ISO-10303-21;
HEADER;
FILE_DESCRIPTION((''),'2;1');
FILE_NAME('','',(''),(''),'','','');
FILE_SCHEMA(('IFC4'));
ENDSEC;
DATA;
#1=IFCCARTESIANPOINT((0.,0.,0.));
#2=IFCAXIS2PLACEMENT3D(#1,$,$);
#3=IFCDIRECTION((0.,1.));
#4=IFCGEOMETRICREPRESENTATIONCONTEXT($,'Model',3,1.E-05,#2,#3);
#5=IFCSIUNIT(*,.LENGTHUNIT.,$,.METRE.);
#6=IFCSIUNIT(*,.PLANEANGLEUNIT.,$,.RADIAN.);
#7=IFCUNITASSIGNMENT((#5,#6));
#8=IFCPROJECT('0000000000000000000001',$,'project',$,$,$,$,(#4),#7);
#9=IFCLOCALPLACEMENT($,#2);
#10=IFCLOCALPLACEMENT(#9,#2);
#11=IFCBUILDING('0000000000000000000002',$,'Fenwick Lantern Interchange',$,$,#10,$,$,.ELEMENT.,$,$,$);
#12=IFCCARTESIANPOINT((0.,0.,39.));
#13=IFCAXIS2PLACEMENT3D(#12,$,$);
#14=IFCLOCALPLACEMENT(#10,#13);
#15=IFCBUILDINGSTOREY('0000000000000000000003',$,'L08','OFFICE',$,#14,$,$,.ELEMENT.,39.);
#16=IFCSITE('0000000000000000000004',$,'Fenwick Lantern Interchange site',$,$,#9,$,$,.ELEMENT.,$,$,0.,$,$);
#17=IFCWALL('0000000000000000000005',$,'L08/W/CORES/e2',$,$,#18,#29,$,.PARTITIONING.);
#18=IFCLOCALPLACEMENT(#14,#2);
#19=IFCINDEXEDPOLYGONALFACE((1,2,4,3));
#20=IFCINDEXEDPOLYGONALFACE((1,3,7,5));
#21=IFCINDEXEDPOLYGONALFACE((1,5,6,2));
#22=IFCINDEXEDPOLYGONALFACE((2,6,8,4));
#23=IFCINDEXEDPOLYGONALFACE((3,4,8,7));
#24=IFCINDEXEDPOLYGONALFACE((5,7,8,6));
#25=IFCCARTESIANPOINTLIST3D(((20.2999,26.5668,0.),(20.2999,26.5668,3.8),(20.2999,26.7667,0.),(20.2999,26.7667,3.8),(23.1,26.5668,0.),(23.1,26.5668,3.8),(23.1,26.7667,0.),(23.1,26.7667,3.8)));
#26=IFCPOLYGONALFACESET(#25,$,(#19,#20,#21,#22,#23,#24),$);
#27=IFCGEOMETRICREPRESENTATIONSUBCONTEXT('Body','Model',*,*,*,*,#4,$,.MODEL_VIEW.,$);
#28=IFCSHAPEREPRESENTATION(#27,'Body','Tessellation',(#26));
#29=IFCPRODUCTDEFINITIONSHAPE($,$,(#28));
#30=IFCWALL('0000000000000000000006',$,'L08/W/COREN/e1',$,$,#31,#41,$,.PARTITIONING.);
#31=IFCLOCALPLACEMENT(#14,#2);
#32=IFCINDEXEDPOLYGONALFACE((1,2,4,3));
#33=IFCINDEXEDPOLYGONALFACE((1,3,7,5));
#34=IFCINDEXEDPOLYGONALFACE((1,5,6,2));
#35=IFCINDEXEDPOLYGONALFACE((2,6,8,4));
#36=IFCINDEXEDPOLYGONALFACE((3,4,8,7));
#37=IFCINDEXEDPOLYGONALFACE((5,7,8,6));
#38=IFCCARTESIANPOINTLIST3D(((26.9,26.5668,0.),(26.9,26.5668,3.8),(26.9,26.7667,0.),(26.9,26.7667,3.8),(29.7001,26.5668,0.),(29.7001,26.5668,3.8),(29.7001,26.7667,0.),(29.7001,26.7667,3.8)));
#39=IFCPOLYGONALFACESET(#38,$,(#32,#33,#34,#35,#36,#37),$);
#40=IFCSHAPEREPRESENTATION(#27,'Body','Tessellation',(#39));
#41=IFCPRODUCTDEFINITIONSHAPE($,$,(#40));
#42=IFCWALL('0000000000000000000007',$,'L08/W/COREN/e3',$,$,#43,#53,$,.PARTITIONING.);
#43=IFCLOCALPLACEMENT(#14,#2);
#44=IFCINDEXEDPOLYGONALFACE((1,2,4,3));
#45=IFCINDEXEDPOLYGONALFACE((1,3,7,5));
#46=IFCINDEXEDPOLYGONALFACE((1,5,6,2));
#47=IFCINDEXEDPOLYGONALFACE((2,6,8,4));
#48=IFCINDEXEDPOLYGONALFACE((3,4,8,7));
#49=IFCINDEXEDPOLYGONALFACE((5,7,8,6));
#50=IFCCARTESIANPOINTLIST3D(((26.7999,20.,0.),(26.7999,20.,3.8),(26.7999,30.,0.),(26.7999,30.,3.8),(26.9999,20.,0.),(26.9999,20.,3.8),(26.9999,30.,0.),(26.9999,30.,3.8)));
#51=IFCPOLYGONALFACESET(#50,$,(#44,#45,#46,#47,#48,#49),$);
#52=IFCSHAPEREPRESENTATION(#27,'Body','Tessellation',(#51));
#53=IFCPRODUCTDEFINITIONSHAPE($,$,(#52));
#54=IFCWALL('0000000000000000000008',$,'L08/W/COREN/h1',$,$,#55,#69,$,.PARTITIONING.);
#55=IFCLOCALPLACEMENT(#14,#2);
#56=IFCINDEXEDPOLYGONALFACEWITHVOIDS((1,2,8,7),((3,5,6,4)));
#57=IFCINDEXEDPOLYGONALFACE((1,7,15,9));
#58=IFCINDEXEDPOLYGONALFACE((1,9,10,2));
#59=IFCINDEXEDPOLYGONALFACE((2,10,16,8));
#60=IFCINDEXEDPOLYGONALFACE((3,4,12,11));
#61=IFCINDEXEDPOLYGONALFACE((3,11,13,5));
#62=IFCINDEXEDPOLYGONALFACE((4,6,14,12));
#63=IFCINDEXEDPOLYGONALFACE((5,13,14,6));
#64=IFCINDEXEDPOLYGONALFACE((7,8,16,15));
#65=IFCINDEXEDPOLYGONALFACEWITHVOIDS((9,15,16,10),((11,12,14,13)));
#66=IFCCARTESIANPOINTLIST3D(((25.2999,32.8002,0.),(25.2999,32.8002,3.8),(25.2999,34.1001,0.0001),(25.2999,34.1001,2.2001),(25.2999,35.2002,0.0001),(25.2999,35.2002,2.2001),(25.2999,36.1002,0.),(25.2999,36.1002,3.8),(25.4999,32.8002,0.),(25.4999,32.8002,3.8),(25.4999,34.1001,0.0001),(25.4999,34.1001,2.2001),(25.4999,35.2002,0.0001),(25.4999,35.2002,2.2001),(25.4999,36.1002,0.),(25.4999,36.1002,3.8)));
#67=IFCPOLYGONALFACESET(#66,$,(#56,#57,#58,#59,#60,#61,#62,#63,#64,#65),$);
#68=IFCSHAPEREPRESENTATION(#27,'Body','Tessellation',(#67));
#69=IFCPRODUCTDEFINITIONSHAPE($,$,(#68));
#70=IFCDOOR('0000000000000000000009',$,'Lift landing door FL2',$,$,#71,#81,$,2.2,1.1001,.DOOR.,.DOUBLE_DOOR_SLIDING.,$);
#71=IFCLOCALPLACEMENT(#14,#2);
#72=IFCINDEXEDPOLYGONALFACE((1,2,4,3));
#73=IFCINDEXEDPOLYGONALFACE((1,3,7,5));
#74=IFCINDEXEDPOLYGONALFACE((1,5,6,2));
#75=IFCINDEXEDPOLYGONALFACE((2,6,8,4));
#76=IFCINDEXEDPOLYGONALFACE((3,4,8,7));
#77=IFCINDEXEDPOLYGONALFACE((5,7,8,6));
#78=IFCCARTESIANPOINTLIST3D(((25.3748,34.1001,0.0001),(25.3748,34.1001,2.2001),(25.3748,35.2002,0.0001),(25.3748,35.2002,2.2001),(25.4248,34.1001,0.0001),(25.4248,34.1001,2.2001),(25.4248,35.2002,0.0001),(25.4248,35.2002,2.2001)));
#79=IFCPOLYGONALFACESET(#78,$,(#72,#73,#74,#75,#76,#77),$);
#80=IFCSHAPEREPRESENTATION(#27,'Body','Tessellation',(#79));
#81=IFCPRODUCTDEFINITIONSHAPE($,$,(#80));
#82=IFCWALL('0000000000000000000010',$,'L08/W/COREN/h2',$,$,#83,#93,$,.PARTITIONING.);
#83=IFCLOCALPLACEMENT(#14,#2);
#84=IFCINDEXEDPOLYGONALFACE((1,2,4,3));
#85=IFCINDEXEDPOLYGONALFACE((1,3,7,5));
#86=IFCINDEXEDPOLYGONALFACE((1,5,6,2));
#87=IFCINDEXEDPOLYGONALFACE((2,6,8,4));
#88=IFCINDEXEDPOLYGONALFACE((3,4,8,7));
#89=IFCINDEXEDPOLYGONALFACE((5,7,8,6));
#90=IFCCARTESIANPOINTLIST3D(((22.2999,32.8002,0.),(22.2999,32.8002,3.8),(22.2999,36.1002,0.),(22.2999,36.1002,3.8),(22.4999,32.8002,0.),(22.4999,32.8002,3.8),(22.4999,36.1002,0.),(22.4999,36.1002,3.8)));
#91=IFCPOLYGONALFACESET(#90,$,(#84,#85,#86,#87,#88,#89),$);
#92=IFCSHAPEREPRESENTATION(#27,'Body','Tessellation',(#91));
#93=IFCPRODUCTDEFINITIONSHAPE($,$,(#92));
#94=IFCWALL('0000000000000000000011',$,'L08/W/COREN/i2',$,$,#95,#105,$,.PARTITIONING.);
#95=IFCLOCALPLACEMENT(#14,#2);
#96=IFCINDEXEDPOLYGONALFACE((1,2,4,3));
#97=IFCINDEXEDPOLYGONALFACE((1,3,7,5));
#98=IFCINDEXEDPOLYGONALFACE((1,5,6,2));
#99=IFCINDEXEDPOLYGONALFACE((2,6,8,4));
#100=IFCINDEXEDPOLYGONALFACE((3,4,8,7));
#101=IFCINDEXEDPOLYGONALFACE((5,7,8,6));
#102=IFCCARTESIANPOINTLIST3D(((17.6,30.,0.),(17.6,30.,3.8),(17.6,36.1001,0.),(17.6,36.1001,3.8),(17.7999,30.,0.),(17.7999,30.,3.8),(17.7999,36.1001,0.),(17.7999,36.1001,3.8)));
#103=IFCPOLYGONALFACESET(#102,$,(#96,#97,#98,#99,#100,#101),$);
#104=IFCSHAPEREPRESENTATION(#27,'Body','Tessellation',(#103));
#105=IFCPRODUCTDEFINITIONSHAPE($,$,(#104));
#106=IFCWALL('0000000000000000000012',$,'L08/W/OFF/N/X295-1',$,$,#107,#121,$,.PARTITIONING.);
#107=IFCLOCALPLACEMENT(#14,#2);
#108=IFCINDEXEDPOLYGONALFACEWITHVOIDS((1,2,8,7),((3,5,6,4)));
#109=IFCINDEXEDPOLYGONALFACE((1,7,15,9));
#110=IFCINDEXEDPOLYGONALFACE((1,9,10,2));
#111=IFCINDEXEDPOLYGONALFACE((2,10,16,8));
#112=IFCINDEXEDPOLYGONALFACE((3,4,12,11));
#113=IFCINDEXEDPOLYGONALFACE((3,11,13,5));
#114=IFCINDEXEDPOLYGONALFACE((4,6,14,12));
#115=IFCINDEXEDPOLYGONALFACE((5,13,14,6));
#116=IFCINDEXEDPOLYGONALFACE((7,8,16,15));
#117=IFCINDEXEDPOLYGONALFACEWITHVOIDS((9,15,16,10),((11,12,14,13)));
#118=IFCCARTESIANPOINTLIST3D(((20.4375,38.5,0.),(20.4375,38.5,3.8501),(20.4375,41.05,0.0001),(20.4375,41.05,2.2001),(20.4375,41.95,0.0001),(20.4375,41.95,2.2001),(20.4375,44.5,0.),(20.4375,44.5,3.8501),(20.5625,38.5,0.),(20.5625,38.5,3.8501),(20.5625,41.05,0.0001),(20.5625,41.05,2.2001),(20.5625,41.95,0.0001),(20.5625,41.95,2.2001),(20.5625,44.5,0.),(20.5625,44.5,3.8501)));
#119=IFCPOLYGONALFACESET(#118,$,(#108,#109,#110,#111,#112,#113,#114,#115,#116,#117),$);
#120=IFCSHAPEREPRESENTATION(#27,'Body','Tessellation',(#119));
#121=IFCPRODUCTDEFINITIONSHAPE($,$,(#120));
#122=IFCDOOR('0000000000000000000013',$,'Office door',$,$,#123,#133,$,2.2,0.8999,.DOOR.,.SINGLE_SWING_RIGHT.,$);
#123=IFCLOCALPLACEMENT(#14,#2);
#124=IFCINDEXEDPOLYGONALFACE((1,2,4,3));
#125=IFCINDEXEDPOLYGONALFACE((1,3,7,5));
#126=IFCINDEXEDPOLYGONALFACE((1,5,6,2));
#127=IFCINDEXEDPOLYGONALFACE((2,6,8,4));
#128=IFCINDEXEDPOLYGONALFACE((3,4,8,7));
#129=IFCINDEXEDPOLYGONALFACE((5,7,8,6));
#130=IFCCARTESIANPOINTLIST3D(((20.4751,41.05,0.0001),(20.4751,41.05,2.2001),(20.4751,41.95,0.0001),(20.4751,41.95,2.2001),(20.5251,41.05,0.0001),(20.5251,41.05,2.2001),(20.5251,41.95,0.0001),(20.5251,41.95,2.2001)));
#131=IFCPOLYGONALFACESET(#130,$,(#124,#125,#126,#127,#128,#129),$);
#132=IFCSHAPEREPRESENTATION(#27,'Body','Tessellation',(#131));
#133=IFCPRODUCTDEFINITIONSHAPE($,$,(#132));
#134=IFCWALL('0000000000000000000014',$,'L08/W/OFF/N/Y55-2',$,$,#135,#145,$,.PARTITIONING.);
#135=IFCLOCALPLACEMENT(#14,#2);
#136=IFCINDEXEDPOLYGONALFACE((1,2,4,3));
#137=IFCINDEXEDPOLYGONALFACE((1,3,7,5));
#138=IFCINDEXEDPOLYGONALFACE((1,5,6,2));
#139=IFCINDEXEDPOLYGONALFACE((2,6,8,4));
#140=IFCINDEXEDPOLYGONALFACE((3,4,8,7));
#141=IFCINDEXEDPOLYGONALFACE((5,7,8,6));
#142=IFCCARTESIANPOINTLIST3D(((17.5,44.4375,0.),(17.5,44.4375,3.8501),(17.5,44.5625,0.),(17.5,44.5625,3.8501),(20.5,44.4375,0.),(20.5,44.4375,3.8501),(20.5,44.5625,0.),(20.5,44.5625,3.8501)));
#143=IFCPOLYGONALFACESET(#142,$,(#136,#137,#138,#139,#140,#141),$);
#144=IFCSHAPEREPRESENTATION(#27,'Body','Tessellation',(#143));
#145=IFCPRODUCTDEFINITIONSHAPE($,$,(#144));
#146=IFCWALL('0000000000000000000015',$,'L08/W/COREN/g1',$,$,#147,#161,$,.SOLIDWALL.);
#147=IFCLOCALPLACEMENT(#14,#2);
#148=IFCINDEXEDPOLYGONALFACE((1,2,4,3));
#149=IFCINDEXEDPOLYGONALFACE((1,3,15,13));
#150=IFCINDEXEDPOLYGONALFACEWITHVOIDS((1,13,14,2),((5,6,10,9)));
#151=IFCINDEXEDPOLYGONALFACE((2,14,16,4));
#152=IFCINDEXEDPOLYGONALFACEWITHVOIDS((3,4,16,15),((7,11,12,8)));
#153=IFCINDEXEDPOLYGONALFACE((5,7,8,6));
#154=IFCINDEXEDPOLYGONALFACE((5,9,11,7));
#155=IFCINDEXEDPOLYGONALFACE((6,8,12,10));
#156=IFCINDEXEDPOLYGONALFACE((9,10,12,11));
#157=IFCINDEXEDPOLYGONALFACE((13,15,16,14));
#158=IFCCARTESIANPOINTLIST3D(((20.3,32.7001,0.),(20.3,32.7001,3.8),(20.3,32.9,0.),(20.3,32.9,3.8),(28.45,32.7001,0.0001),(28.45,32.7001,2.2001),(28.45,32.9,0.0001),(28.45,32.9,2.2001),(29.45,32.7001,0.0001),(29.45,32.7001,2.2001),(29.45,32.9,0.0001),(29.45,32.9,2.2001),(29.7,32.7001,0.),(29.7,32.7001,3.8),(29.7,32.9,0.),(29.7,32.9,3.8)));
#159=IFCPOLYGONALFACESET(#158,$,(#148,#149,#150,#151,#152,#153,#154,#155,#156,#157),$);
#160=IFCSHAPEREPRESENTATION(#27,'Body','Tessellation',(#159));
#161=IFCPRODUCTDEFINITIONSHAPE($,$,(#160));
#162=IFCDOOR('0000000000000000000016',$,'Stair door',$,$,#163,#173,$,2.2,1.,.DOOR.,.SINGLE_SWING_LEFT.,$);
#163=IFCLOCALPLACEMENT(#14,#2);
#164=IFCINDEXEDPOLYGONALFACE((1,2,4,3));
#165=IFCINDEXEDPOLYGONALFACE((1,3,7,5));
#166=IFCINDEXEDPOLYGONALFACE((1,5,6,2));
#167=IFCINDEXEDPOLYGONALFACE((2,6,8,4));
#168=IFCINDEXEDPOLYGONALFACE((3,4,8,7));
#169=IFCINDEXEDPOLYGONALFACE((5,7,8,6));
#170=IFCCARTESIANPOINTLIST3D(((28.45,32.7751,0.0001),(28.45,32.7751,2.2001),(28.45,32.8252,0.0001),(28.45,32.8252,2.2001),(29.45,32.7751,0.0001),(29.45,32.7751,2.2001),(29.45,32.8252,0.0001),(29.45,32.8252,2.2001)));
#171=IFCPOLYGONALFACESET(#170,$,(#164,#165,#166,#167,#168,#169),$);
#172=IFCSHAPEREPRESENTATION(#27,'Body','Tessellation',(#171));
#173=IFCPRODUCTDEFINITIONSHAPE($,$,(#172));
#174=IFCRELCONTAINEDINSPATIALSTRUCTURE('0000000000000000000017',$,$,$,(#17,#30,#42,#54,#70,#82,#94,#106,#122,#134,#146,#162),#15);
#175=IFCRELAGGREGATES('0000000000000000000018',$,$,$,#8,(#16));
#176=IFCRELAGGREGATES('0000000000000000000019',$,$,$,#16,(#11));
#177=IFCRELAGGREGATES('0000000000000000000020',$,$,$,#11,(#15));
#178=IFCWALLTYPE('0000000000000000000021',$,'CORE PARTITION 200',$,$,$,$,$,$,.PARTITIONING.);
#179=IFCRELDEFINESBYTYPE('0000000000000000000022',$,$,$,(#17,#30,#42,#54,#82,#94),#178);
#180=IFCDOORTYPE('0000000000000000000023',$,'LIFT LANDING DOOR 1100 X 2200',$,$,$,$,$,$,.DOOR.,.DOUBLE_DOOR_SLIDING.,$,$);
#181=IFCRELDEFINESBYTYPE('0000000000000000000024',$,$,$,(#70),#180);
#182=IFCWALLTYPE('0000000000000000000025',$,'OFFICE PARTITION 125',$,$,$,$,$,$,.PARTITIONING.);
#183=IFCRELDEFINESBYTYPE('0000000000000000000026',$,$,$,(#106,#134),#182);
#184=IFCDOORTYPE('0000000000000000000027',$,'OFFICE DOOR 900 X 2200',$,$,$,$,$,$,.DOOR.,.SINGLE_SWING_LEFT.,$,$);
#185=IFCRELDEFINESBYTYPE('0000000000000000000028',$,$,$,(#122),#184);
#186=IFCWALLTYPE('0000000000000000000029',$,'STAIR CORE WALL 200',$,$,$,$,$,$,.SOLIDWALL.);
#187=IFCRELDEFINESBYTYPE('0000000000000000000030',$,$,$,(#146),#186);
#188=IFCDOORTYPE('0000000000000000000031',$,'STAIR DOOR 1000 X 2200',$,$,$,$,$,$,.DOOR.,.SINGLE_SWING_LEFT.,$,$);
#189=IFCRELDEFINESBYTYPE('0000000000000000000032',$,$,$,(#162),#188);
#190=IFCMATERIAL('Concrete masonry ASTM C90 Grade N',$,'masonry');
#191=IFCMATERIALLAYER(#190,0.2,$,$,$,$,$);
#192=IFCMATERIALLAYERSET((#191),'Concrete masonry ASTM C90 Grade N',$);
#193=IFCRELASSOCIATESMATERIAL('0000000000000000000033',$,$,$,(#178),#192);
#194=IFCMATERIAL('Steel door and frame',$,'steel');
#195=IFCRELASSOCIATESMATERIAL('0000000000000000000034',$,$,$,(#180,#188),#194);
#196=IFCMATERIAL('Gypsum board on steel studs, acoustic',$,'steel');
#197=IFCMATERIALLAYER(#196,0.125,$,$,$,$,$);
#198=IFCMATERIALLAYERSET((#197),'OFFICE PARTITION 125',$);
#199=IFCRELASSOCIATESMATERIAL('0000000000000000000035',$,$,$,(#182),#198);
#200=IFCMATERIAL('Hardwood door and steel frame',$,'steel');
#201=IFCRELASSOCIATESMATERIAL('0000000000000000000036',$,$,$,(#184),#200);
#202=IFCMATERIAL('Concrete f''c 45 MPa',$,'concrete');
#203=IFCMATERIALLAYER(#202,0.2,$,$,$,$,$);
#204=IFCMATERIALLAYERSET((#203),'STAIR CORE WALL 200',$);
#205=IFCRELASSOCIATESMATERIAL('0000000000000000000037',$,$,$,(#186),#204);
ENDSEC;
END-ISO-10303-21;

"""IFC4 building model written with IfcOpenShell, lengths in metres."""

from ifc_helpers import new_model, si_unit, direction, frame, frame_2d, origin, place, context, subcontext, project, spatial, rectangle, extrude, material, layer, layer_set, type_object, element, fill, save


model = new_model("IFC4")

# Units and contexts
model_context = context("Model", 3, precision=1e-05, world=origin(), true_north=direction((0.0, 1.0)))
body_context = subcontext(model_context, "Body", "Model", "MODEL_VIEW")
ifc_project = project(units=[si_unit("LENGTHUNIT", "METRE"), si_unit("PLANEANGLEUNIT", "RADIAN")], contexts=[model_context])

# Site, building, storey
site_placement = place(None, origin())
site = spatial("IfcSite", under=ifc_project, at=site_placement, Name="Fenwick Lantern Interchange site", CompositionType="ELEMENT", RefElevation=0.0)
building_placement = place(site_placement, origin())
building = spatial("IfcBuilding", under=site, at=building_placement, Name="Fenwick Lantern Interchange", CompositionType="ELEMENT")
storey_placement = place(building_placement, frame((0.0, 0.0, 39.0)))
storey = spatial("IfcBuildingStorey", under=building, at=storey_placement, Name="L08", Description="OFFICE", CompositionType="ELEMENT", Elevation=39.0)

# Walls
ifc_material_1 = material(Name="Concrete masonry ASTM C90 Grade N", Category="masonry")
ifc_layer_1 = layer(ifc_material_1, 0.2)
ifc_layer_set_1 = layer_set([ifc_layer_1], Name="Concrete masonry ASTM C90 Grade N")
wall_type_1 = type_object("IfcWallType", Name="CORE PARTITION 200", PredefinedType="PARTITIONING", material=ifc_layer_set_1)
for number, where, z_axis, x_axis, name in (
    (1, (20.3, 26.6667, 0.0), (0.0, 0.0, 1.0), (1.0, 0.0, 0.0), "L08/W/CORES/e2"),
    (2, (29.7, 26.6667, 0.0), (0.0, 0.0, 1.0), (-1.0, 0.0, 0.0), "L08/W/COREN/e1"),
):
    element("IfcWall", number, at=place(storey_placement, frame(where, z_axis=z_axis, x_axis=x_axis)), inside=storey, type_object=wall_type_1, Name=name, PredefinedType="PARTITIONING", context=body_context, shape_type="SweptSolid", body=[
        extrude(rectangle(XDim=2.8, YDim=0.2, at=frame_2d((1.3999, 0.0))), origin(), (0.0, 0.0, 1.0), 3.8),
    ])
wall_1_placement = place(storey_placement, frame((26.8999, 30.0, 0.0), z_axis=(0.0, 0.0, 1.0), x_axis=(0.0, -1.0, 0.0)))
element("IfcWall", 3, at=wall_1_placement, inside=storey, type_object=wall_type_1, Name="L08/W/COREN/e3", PredefinedType="PARTITIONING", context=body_context, shape_type="SweptSolid", body=[
    extrude(rectangle(XDim=10.0, YDim=0.2, at=frame_2d((5.0, 0.0))), origin(), (0.0, 0.0, 1.0), 3.8),
])

# Wall, opening, door
wall_2_placement = place(storey_placement, frame((25.3999, 36.1001, 0.0), z_axis=(0.0, 0.0, 1.0), x_axis=(0.0, -1.0, 0.0)))
wall_2 = element("IfcWall", 4, at=wall_2_placement, inside=storey, type_object=wall_type_1, Name="L08/W/COREN/h1", PredefinedType="PARTITIONING", context=body_context, shape_type="SweptSolid", body=[
    extrude(rectangle(XDim=3.3, YDim=0.2, at=frame_2d((1.6499, 0.0))), origin(), (0.0, 0.0, 1.0), 3.8),
])
opening_1_placement = place(wall_2_placement, frame((0.8999, 0.0, 0.0)))
opening_1 = element("IfcOpeningElement", 5, at=opening_1_placement, cuts=wall_2, PredefinedType="OPENING", context=body_context, shape_type="SweptSolid", body=[
    extrude(rectangle(XDim=1.1001, YDim=2.2, at=frame_2d((0.55, 1.1001))), frame((0.0, 0.1099, 0.0), z_axis=(0.0, -1.0, 0.0), x_axis=(1.0, 0.0, 0.0)), (0.0, 0.0, 1.0), 0.22),
])
ifc_material_2 = material(Name="Steel door and frame", Category="steel")
door_type_1 = type_object("IfcDoorType", Name="LIFT LANDING DOOR 1100 X 2200", OperationType="DOUBLE_DOOR_SLIDING", PredefinedType="DOOR", material=ifc_material_2)
door_1_placement = place(opening_1_placement, origin())
door_1 = element("IfcDoor", 6, at=door_1_placement, inside=storey, type_object=door_type_1, Name="Lift landing door FL2", OperationType="DOUBLE_DOOR_SLIDING", OverallHeight=2.2, OverallWidth=1.1001, PredefinedType="DOOR", context=body_context, shape_type="SweptSolid", body=[
    extrude(rectangle(XDim=1.1001, YDim=2.2, at=frame_2d((0.55, 1.1001))), frame((0.0, 0.0249, 0.0), z_axis=(0.0, -1.0, 0.0), x_axis=(1.0, 0.0, 0.0)), (0.0, 0.0, 1.0), 0.05),
])
fill(opening_1, door_1)

# Walls
wall_3_placement = place(storey_placement, frame((22.3999, 36.1001, 0.0), z_axis=(0.0, 0.0, 1.0), x_axis=(0.0, -1.0, 0.0)))
element("IfcWall", 7, at=wall_3_placement, inside=storey, type_object=wall_type_1, Name="L08/W/COREN/h2", PredefinedType="PARTITIONING", context=body_context, shape_type="SweptSolid", body=[
    extrude(rectangle(XDim=3.3, YDim=0.2, at=frame_2d((1.6499, 0.0))), origin(), (0.0, 0.0, 1.0), 3.8),
])
wall_4_placement = place(storey_placement, frame((17.7, 36.1001, 0.0), z_axis=(0.0, 0.0, 1.0), x_axis=(0.0, -1.0, 0.0)))
element("IfcWall", 8, at=wall_4_placement, inside=storey, type_object=wall_type_1, Name="L08/W/COREN/i2", PredefinedType="PARTITIONING", context=body_context, shape_type="SweptSolid", body=[
    extrude(rectangle(XDim=6.1001, YDim=0.2, at=frame_2d((3.05, 0.0))), origin(), (0.0, 0.0, 1.0), 3.8),
])

# Wall, opening, door
ifc_material_3 = material(Name="Gypsum board on steel studs, acoustic", Category="steel")
ifc_layer_2 = layer(ifc_material_3, 0.125)
ifc_layer_set_2 = layer_set([ifc_layer_2], Name="OFFICE PARTITION 125")
wall_type_2 = type_object("IfcWallType", Name="OFFICE PARTITION 125", PredefinedType="PARTITIONING", material=ifc_layer_set_2)
wall_5_placement = place(storey_placement, frame((20.5, 44.5, 0.0), z_axis=(0.0, 0.0, 1.0), x_axis=(0.0, -1.0, 0.0)))
wall_5 = element("IfcWall", 9, at=wall_5_placement, inside=storey, type_object=wall_type_2, Name="L08/W/OFF/N/X295-1", PredefinedType="PARTITIONING", context=body_context, shape_type="SweptSolid", body=[
    extrude(rectangle(XDim=6.0, YDim=0.125, at=frame_2d((3.0, 0.0))), origin(), (0.0, 0.0, 1.0), 3.8501),
])
opening_2_placement = place(wall_5_placement, frame((2.55, 0.0, 0.0)))
opening_2 = element("IfcOpeningElement", 10, at=opening_2_placement, cuts=wall_5, PredefinedType="OPENING", context=body_context, shape_type="SweptSolid", body=[
    extrude(rectangle(XDim=0.8999, YDim=2.2, at=frame_2d((0.45, 1.1001))), frame((0.0, 0.0725, 0.0), z_axis=(0.0, -1.0, 0.0), x_axis=(1.0, 0.0, 0.0)), (0.0, 0.0, 1.0), 0.145),
])
ifc_material_4 = material(Name="Hardwood door and steel frame", Category="steel")
door_type_2 = type_object("IfcDoorType", Name="OFFICE DOOR 900 X 2200", OperationType="SINGLE_SWING_LEFT", PredefinedType="DOOR", material=ifc_material_4)
door_2_placement = place(opening_2_placement, frame((0.8999, 0.0, 0.0), z_axis=(0.0, 0.0, 1.0), x_axis=(-1.0, 0.0, 0.0)))
door_2 = element("IfcDoor", 11, at=door_2_placement, inside=storey, type_object=door_type_2, Name="Office door", OperationType="SINGLE_SWING_RIGHT", OverallHeight=2.2, OverallWidth=0.8999, PredefinedType="DOOR", context=body_context, shape_type="SweptSolid", body=[
    extrude(rectangle(XDim=0.8999, YDim=2.2, at=frame_2d((0.45, 1.1001))), frame((0.0, 0.0249, 0.0), z_axis=(0.0, -1.0, 0.0), x_axis=(1.0, 0.0, 0.0)), (0.0, 0.0, 1.0), 0.05),
])
fill(opening_2, door_2)

# Wall
wall_6_placement = place(storey_placement, frame((20.5, 44.5, 0.0), z_axis=(0.0, 0.0, 1.0), x_axis=(-1.0, 0.0, 0.0)))
element("IfcWall", 12, at=wall_6_placement, inside=storey, type_object=wall_type_2, Name="L08/W/OFF/N/Y55-2", PredefinedType="PARTITIONING", context=body_context, shape_type="SweptSolid", body=[
    extrude(rectangle(XDim=3.0, YDim=0.125, at=frame_2d((1.5, 0.0))), origin(), (0.0, 0.0, 1.0), 3.8501),
])

# Wall, opening, door
ifc_material_5 = material(Name="Concrete f'c 45 MPa", Category="concrete")
ifc_layer_3 = layer(ifc_material_5, 0.2)
ifc_layer_set_3 = layer_set([ifc_layer_3], Name="STAIR CORE WALL 200")
wall_type_3 = type_object("IfcWallType", Name="STAIR CORE WALL 200", PredefinedType="SOLIDWALL", material=ifc_layer_set_3)
wall_7_placement = place(storey_placement, frame((29.7, 32.8, 0.0), z_axis=(0.0, 0.0, 1.0), x_axis=(-1.0, 0.0, 0.0)))
wall_7 = element("IfcWall", 13, at=wall_7_placement, inside=storey, type_object=wall_type_3, Name="L08/W/COREN/g1", PredefinedType="SOLIDWALL", context=body_context, shape_type="SweptSolid", body=[
    extrude(rectangle(XDim=9.3999, YDim=0.2, at=frame_2d((4.7, 0.0))), origin(), (0.0, 0.0, 1.0), 3.8),
])
opening_3_placement = place(wall_7_placement, frame((0.25, 0.0, 0.0)))
opening_3 = element("IfcOpeningElement", 14, at=opening_3_placement, cuts=wall_7, PredefinedType="OPENING", context=body_context, shape_type="SweptSolid", body=[
    extrude(rectangle(XDim=1.0, YDim=2.2, at=frame_2d((0.5, 1.1001))), frame((0.0, 0.1099, 0.0), z_axis=(0.0, -1.0, 0.0), x_axis=(1.0, 0.0, 0.0)), (0.0, 0.0, 1.0), 0.22),
])
door_type_3 = type_object("IfcDoorType", Name="STAIR DOOR 1000 X 2200", OperationType="SINGLE_SWING_LEFT", PredefinedType="DOOR", material=ifc_material_2)
door_3_placement = place(opening_3_placement, origin())
door_3 = element("IfcDoor", 15, at=door_3_placement, inside=storey, type_object=door_type_3, Name="Stair door", OperationType="SINGLE_SWING_LEFT", OverallHeight=2.2, OverallWidth=1.0, PredefinedType="DOOR", context=body_context, shape_type="SweptSolid", body=[
    extrude(rectangle(XDim=1.0, YDim=2.2, at=frame_2d((0.5, 1.1001))), frame((0.0, 0.0249, 0.0), z_axis=(0.0, -1.0, 0.0), x_axis=(1.0, 0.0, 0.0)), (0.0, 0.0, 1.0), 0.05),
])
fill(opening_3, door_3)

save(model, "model.ifc")
